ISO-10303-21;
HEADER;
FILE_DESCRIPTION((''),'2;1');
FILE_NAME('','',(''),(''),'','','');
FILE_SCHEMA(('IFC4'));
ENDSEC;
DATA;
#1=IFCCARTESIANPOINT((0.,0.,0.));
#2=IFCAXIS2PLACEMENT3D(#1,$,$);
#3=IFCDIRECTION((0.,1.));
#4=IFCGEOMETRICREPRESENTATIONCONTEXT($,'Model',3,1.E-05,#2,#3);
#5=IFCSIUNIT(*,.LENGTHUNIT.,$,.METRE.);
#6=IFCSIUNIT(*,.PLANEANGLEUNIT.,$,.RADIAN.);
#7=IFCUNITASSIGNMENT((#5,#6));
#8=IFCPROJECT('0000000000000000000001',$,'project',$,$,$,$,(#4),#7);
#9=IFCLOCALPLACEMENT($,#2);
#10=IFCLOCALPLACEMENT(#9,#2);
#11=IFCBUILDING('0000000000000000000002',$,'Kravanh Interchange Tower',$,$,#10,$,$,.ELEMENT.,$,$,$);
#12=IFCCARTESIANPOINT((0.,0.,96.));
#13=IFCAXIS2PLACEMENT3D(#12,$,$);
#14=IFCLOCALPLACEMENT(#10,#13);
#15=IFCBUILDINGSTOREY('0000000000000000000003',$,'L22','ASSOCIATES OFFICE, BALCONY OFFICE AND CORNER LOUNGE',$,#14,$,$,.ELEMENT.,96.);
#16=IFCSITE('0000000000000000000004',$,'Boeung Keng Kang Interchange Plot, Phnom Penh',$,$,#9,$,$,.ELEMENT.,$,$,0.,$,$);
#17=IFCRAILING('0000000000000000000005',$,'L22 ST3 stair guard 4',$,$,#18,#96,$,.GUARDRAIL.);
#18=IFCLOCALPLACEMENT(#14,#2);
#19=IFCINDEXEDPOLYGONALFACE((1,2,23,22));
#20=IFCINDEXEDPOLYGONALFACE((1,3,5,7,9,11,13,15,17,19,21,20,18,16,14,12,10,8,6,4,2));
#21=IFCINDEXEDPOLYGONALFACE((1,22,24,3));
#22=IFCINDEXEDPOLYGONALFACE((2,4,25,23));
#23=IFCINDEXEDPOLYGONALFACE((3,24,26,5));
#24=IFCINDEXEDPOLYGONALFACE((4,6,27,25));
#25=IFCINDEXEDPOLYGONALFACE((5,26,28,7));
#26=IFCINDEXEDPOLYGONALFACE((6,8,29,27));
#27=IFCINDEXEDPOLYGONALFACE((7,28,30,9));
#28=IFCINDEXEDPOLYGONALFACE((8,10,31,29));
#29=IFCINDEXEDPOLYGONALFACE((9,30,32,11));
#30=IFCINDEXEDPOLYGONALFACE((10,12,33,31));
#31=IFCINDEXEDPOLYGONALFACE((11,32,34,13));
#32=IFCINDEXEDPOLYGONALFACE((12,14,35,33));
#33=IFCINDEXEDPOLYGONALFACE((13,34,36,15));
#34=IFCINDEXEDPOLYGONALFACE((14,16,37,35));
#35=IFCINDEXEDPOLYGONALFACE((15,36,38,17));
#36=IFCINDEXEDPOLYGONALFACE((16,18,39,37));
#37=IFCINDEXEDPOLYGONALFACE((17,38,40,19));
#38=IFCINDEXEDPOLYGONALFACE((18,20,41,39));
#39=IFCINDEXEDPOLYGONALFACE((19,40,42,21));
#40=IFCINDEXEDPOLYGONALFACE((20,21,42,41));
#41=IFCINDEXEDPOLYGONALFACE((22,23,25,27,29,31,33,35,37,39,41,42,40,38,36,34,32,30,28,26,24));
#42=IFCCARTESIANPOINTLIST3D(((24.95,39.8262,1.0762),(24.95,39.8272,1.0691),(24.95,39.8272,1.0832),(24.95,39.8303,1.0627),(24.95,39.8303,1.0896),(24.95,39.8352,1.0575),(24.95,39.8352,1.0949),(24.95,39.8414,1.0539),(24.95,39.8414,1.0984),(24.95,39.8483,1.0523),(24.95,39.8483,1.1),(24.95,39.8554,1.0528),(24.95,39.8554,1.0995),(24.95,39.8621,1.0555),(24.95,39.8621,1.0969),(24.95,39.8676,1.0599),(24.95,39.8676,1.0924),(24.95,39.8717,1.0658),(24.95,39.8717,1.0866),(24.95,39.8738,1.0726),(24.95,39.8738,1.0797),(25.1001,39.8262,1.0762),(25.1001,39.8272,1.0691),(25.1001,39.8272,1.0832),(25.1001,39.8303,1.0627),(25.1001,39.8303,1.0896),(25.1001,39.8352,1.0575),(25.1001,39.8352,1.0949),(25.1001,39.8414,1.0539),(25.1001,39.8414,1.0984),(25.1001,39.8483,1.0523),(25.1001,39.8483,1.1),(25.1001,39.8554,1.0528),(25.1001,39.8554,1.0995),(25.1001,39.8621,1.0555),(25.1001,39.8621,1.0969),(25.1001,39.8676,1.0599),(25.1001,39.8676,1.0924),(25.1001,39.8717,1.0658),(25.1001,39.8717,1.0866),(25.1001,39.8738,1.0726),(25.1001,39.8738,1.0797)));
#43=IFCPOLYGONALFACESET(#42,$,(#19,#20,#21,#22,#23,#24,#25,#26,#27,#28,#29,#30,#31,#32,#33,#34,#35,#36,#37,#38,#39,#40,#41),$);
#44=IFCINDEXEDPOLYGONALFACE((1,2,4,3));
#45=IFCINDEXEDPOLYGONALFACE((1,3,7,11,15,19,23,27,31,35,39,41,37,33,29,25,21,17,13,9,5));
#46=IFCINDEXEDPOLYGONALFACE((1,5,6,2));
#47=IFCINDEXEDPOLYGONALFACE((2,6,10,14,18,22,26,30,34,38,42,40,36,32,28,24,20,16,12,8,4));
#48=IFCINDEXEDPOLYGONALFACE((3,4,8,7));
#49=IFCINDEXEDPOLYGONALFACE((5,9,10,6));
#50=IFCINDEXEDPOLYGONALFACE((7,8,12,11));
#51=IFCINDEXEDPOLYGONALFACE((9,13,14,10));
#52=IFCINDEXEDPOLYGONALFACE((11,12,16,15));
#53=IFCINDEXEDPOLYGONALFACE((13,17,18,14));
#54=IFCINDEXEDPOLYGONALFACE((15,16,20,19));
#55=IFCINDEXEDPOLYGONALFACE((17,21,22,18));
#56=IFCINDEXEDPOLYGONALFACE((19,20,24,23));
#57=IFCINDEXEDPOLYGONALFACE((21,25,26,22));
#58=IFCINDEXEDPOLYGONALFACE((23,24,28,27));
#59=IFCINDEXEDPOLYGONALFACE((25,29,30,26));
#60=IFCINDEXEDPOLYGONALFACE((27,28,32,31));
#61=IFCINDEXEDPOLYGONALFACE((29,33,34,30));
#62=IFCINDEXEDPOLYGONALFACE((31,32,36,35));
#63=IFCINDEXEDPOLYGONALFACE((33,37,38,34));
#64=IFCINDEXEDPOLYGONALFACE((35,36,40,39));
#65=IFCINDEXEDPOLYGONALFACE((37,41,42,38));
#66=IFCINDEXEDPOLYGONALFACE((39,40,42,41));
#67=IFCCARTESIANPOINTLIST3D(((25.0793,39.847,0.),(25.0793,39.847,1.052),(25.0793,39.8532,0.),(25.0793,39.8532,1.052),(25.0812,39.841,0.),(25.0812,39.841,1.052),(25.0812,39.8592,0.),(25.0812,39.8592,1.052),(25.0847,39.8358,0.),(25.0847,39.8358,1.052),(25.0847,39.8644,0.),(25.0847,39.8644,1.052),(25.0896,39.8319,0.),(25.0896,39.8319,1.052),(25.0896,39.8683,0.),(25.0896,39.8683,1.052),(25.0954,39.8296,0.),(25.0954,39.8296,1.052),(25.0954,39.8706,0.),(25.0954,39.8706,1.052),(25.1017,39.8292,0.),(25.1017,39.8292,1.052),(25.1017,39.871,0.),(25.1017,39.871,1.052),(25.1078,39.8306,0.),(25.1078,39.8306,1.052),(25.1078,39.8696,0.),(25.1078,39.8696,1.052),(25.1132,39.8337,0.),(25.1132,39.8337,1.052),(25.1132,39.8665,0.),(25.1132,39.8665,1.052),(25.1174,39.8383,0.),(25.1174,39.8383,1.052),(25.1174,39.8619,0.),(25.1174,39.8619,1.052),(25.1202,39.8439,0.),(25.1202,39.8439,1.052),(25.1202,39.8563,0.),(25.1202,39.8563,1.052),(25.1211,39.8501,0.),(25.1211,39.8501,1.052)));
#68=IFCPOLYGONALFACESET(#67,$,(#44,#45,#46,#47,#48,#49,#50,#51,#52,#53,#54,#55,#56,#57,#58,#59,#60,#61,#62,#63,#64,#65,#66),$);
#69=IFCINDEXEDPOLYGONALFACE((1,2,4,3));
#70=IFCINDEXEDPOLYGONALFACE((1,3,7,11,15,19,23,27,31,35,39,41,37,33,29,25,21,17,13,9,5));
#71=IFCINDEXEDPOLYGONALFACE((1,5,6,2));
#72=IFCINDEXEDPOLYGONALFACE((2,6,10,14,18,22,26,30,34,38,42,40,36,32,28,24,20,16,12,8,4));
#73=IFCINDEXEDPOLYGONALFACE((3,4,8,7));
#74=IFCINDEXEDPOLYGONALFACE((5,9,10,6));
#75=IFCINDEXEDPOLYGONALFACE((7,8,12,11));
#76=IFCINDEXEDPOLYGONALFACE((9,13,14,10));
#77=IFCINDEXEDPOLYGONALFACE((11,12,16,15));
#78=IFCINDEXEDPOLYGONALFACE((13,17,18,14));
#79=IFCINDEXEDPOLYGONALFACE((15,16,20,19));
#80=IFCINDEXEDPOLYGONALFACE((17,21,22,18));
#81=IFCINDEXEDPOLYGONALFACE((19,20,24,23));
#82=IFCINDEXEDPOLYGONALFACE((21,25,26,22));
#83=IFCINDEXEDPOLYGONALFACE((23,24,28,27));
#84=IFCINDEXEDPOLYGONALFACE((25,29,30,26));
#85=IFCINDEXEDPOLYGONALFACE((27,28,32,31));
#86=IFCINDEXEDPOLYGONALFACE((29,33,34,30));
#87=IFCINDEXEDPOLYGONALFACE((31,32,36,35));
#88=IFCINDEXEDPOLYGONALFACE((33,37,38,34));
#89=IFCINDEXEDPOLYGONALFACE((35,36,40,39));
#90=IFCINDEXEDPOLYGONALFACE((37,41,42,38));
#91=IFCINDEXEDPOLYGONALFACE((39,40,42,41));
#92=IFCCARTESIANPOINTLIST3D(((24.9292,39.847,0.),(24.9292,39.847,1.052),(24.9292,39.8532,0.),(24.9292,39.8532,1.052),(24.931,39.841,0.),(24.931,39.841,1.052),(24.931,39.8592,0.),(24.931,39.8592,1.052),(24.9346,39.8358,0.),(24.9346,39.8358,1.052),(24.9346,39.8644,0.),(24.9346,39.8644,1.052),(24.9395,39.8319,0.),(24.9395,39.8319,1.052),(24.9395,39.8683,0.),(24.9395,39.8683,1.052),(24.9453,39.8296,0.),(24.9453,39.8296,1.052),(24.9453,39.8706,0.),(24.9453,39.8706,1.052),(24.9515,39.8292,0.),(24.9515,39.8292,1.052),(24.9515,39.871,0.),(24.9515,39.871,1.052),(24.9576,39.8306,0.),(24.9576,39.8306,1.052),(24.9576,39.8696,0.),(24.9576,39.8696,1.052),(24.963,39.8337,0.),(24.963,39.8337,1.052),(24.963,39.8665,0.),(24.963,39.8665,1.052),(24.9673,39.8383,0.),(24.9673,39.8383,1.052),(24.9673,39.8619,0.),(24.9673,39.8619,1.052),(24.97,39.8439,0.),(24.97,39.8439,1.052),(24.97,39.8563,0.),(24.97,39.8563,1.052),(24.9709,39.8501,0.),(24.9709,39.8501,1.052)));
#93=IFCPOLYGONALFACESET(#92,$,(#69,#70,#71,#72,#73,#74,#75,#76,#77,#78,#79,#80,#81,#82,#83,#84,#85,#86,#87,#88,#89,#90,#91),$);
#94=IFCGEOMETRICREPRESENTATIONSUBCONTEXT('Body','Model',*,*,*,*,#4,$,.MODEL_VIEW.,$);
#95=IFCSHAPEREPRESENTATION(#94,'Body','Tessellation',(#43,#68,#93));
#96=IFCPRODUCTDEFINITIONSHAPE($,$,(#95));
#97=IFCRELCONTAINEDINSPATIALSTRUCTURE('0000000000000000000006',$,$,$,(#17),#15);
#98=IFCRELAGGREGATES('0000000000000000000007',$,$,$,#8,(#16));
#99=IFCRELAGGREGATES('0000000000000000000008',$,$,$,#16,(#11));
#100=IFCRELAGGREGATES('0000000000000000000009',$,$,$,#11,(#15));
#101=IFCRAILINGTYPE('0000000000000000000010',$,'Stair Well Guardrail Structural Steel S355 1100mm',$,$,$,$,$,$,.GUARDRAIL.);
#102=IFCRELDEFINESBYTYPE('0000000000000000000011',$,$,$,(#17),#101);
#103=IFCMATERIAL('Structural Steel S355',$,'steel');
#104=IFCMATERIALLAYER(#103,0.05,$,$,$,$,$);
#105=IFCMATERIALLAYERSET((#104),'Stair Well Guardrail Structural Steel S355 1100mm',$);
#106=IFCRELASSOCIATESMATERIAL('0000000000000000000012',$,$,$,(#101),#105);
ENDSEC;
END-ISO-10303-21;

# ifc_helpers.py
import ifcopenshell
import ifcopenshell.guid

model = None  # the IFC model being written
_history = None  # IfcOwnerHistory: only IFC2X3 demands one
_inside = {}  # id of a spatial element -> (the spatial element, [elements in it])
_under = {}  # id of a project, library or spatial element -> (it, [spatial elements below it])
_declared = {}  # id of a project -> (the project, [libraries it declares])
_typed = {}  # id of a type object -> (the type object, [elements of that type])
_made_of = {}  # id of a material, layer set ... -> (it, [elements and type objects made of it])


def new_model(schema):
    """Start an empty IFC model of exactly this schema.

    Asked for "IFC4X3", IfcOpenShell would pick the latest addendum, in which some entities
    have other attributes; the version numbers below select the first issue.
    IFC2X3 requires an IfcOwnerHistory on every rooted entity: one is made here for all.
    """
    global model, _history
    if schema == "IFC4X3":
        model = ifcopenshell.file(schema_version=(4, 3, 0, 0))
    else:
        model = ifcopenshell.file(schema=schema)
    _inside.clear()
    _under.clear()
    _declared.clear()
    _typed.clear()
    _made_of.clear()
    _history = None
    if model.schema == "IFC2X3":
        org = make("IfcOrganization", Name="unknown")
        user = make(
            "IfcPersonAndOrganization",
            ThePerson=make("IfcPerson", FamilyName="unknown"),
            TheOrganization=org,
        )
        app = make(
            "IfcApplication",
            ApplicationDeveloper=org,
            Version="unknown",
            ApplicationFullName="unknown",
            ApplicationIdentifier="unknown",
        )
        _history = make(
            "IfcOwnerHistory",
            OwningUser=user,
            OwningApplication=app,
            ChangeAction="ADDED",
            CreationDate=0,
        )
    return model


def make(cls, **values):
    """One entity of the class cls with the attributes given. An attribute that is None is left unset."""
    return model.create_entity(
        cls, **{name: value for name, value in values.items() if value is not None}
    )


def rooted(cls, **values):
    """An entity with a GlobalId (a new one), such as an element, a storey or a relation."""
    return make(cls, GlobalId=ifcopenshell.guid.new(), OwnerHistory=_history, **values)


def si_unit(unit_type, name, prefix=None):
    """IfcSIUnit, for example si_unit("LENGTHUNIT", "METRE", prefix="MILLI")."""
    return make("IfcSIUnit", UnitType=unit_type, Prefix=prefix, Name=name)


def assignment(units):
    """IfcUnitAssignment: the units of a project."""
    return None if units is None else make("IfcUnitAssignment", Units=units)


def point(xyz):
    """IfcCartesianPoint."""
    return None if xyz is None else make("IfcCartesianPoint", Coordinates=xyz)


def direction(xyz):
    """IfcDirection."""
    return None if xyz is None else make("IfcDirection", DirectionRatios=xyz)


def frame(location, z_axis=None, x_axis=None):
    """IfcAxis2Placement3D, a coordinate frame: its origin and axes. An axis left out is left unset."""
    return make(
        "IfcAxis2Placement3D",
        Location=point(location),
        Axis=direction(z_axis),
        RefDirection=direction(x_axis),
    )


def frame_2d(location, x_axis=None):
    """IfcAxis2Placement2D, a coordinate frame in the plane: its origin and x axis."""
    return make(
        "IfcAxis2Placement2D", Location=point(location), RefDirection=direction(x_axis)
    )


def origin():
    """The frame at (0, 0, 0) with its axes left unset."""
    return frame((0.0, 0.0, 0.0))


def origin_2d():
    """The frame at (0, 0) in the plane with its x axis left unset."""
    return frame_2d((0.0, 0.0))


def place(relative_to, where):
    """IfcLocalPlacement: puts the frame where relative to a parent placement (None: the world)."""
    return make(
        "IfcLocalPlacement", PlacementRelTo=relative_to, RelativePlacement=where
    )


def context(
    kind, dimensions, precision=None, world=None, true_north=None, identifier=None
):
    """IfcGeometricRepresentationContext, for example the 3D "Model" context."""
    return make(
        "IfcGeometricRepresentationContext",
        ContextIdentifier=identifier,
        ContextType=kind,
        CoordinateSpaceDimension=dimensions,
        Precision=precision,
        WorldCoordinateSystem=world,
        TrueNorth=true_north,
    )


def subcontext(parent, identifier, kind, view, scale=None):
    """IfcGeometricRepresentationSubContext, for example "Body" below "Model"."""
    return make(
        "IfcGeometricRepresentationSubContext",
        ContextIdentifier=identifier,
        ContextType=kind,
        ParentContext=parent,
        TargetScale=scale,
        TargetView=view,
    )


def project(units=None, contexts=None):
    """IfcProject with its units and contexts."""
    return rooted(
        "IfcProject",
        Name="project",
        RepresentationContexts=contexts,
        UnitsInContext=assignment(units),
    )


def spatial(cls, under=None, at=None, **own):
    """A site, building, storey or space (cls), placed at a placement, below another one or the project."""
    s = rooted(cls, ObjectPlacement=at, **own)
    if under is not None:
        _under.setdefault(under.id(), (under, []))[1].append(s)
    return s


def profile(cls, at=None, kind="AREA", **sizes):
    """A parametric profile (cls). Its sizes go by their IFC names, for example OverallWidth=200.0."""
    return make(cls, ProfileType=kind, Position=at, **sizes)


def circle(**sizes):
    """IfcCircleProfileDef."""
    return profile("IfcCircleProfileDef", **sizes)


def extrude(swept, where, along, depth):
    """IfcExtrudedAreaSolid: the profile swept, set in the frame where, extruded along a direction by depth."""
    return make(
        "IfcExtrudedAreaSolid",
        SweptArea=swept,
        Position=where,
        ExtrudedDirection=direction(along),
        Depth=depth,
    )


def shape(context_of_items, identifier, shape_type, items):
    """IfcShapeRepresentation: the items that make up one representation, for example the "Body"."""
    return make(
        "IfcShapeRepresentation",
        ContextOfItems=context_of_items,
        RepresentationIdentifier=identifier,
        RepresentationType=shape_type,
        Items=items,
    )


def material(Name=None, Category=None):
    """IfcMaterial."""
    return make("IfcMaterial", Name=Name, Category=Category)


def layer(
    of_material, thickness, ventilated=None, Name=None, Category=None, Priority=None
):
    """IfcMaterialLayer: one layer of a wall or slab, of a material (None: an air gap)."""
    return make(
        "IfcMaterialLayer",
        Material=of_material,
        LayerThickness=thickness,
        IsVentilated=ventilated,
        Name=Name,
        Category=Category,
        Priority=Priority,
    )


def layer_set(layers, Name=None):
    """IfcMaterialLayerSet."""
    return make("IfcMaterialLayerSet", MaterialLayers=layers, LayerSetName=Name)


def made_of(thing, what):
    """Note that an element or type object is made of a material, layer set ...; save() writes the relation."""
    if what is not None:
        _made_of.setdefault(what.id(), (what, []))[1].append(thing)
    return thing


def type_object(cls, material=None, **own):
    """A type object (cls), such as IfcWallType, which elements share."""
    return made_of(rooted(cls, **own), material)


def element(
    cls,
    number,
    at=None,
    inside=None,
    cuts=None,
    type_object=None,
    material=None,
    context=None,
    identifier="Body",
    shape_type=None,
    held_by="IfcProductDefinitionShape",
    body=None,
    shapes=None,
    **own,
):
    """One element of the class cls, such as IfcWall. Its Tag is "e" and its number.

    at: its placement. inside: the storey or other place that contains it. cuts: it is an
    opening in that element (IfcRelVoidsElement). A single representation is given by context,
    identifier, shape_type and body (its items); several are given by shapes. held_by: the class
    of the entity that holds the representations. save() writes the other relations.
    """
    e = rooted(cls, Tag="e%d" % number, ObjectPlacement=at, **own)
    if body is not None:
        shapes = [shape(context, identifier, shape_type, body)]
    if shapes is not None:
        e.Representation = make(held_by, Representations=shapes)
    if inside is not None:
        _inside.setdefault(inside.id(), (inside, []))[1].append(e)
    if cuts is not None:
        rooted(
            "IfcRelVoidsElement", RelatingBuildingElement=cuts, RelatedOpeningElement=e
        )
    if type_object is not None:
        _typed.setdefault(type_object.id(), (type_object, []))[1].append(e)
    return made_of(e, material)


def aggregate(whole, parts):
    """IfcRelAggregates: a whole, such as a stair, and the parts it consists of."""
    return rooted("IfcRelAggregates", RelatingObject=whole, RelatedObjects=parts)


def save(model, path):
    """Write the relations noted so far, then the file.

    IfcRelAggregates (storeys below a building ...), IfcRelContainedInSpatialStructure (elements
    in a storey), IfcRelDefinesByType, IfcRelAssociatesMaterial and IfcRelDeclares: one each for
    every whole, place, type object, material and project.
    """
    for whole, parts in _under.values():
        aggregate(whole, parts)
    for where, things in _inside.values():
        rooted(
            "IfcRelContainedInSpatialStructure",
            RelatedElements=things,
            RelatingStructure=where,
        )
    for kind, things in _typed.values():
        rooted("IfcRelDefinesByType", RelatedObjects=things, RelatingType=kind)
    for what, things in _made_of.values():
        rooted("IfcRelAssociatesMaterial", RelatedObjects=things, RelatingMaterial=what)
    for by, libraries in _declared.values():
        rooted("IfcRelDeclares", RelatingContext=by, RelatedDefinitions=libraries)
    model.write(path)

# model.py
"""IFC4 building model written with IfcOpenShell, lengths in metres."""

from ifc_helpers import new_model, si_unit, direction, frame, origin, origin_2d, place, context, subcontext, project, spatial, circle, extrude, material, layer, layer_set, type_object, element, save


model = new_model("IFC4")

# Units and contexts
model_context = context("Model", 3, precision=1e-05, world=origin(), true_north=direction((0.0, 1.0)))
body_context = subcontext(model_context, "Body", "Model", "MODEL_VIEW")
ifc_project = project(units=[si_unit("LENGTHUNIT", "METRE"), si_unit("PLANEANGLEUNIT", "RADIAN")], contexts=[model_context])

# Site, building, storey
site_placement = place(None, origin())
site = spatial("IfcSite", under=ifc_project, at=site_placement, Name="Boeung Keng Kang Interchange Plot, Phnom Penh", CompositionType="ELEMENT", RefElevation=0.0)
building_placement = place(site_placement, origin())
building = spatial("IfcBuilding", under=site, at=building_placement, Name="Kravanh Interchange Tower", CompositionType="ELEMENT")
storey_placement = place(building_placement, frame((0.0, 0.0, 96.0)))
storey = spatial("IfcBuildingStorey", under=building, at=storey_placement, Name="L22", Description="ASSOCIATES OFFICE, BALCONY OFFICE AND CORNER LOUNGE", CompositionType="ELEMENT", Elevation=96.0)

# Railing
ifc_material_1 = material(Name="Structural Steel S355", Category="steel")
ifc_layer_1 = layer(ifc_material_1, 0.05)
ifc_layer_set_1 = layer_set([ifc_layer_1], Name="Stair Well Guardrail Structural Steel S355 1100mm")
railing_type_1 = type_object("IfcRailingType", Name="Stair Well Guardrail Structural Steel S355 1100mm", PredefinedType="GUARDRAIL", material=ifc_layer_set_1)
railing_1_placement = place(storey_placement, frame((25.1001, 39.8501, 0.0)))
element("IfcRailing", 1, at=railing_1_placement, inside=storey, type_object=railing_type_1, Name="L22 ST3 stair guard 4", PredefinedType="GUARDRAIL", context=body_context, shape_type="SweptSolid", body=[
    extrude(circle(Radius=0.0239, at=origin_2d()), frame((0.0, 0.0, 1.0762), z_axis=(-1.0, 0.0, 0.0), x_axis=(0.0, -1.0, 0.0)), (0.0, 0.0, 1.0), 0.1501),
    extrude(circle(Radius=0.021, at=origin_2d()), origin(), (0.0, 0.0, 1.0), 1.052),
    extrude(circle(Radius=0.021, at=origin_2d()), frame((-0.1501, 0.0, 0.0)), (0.0, 0.0, 1.0), 1.052),
])

save(model, "model.ifc")
